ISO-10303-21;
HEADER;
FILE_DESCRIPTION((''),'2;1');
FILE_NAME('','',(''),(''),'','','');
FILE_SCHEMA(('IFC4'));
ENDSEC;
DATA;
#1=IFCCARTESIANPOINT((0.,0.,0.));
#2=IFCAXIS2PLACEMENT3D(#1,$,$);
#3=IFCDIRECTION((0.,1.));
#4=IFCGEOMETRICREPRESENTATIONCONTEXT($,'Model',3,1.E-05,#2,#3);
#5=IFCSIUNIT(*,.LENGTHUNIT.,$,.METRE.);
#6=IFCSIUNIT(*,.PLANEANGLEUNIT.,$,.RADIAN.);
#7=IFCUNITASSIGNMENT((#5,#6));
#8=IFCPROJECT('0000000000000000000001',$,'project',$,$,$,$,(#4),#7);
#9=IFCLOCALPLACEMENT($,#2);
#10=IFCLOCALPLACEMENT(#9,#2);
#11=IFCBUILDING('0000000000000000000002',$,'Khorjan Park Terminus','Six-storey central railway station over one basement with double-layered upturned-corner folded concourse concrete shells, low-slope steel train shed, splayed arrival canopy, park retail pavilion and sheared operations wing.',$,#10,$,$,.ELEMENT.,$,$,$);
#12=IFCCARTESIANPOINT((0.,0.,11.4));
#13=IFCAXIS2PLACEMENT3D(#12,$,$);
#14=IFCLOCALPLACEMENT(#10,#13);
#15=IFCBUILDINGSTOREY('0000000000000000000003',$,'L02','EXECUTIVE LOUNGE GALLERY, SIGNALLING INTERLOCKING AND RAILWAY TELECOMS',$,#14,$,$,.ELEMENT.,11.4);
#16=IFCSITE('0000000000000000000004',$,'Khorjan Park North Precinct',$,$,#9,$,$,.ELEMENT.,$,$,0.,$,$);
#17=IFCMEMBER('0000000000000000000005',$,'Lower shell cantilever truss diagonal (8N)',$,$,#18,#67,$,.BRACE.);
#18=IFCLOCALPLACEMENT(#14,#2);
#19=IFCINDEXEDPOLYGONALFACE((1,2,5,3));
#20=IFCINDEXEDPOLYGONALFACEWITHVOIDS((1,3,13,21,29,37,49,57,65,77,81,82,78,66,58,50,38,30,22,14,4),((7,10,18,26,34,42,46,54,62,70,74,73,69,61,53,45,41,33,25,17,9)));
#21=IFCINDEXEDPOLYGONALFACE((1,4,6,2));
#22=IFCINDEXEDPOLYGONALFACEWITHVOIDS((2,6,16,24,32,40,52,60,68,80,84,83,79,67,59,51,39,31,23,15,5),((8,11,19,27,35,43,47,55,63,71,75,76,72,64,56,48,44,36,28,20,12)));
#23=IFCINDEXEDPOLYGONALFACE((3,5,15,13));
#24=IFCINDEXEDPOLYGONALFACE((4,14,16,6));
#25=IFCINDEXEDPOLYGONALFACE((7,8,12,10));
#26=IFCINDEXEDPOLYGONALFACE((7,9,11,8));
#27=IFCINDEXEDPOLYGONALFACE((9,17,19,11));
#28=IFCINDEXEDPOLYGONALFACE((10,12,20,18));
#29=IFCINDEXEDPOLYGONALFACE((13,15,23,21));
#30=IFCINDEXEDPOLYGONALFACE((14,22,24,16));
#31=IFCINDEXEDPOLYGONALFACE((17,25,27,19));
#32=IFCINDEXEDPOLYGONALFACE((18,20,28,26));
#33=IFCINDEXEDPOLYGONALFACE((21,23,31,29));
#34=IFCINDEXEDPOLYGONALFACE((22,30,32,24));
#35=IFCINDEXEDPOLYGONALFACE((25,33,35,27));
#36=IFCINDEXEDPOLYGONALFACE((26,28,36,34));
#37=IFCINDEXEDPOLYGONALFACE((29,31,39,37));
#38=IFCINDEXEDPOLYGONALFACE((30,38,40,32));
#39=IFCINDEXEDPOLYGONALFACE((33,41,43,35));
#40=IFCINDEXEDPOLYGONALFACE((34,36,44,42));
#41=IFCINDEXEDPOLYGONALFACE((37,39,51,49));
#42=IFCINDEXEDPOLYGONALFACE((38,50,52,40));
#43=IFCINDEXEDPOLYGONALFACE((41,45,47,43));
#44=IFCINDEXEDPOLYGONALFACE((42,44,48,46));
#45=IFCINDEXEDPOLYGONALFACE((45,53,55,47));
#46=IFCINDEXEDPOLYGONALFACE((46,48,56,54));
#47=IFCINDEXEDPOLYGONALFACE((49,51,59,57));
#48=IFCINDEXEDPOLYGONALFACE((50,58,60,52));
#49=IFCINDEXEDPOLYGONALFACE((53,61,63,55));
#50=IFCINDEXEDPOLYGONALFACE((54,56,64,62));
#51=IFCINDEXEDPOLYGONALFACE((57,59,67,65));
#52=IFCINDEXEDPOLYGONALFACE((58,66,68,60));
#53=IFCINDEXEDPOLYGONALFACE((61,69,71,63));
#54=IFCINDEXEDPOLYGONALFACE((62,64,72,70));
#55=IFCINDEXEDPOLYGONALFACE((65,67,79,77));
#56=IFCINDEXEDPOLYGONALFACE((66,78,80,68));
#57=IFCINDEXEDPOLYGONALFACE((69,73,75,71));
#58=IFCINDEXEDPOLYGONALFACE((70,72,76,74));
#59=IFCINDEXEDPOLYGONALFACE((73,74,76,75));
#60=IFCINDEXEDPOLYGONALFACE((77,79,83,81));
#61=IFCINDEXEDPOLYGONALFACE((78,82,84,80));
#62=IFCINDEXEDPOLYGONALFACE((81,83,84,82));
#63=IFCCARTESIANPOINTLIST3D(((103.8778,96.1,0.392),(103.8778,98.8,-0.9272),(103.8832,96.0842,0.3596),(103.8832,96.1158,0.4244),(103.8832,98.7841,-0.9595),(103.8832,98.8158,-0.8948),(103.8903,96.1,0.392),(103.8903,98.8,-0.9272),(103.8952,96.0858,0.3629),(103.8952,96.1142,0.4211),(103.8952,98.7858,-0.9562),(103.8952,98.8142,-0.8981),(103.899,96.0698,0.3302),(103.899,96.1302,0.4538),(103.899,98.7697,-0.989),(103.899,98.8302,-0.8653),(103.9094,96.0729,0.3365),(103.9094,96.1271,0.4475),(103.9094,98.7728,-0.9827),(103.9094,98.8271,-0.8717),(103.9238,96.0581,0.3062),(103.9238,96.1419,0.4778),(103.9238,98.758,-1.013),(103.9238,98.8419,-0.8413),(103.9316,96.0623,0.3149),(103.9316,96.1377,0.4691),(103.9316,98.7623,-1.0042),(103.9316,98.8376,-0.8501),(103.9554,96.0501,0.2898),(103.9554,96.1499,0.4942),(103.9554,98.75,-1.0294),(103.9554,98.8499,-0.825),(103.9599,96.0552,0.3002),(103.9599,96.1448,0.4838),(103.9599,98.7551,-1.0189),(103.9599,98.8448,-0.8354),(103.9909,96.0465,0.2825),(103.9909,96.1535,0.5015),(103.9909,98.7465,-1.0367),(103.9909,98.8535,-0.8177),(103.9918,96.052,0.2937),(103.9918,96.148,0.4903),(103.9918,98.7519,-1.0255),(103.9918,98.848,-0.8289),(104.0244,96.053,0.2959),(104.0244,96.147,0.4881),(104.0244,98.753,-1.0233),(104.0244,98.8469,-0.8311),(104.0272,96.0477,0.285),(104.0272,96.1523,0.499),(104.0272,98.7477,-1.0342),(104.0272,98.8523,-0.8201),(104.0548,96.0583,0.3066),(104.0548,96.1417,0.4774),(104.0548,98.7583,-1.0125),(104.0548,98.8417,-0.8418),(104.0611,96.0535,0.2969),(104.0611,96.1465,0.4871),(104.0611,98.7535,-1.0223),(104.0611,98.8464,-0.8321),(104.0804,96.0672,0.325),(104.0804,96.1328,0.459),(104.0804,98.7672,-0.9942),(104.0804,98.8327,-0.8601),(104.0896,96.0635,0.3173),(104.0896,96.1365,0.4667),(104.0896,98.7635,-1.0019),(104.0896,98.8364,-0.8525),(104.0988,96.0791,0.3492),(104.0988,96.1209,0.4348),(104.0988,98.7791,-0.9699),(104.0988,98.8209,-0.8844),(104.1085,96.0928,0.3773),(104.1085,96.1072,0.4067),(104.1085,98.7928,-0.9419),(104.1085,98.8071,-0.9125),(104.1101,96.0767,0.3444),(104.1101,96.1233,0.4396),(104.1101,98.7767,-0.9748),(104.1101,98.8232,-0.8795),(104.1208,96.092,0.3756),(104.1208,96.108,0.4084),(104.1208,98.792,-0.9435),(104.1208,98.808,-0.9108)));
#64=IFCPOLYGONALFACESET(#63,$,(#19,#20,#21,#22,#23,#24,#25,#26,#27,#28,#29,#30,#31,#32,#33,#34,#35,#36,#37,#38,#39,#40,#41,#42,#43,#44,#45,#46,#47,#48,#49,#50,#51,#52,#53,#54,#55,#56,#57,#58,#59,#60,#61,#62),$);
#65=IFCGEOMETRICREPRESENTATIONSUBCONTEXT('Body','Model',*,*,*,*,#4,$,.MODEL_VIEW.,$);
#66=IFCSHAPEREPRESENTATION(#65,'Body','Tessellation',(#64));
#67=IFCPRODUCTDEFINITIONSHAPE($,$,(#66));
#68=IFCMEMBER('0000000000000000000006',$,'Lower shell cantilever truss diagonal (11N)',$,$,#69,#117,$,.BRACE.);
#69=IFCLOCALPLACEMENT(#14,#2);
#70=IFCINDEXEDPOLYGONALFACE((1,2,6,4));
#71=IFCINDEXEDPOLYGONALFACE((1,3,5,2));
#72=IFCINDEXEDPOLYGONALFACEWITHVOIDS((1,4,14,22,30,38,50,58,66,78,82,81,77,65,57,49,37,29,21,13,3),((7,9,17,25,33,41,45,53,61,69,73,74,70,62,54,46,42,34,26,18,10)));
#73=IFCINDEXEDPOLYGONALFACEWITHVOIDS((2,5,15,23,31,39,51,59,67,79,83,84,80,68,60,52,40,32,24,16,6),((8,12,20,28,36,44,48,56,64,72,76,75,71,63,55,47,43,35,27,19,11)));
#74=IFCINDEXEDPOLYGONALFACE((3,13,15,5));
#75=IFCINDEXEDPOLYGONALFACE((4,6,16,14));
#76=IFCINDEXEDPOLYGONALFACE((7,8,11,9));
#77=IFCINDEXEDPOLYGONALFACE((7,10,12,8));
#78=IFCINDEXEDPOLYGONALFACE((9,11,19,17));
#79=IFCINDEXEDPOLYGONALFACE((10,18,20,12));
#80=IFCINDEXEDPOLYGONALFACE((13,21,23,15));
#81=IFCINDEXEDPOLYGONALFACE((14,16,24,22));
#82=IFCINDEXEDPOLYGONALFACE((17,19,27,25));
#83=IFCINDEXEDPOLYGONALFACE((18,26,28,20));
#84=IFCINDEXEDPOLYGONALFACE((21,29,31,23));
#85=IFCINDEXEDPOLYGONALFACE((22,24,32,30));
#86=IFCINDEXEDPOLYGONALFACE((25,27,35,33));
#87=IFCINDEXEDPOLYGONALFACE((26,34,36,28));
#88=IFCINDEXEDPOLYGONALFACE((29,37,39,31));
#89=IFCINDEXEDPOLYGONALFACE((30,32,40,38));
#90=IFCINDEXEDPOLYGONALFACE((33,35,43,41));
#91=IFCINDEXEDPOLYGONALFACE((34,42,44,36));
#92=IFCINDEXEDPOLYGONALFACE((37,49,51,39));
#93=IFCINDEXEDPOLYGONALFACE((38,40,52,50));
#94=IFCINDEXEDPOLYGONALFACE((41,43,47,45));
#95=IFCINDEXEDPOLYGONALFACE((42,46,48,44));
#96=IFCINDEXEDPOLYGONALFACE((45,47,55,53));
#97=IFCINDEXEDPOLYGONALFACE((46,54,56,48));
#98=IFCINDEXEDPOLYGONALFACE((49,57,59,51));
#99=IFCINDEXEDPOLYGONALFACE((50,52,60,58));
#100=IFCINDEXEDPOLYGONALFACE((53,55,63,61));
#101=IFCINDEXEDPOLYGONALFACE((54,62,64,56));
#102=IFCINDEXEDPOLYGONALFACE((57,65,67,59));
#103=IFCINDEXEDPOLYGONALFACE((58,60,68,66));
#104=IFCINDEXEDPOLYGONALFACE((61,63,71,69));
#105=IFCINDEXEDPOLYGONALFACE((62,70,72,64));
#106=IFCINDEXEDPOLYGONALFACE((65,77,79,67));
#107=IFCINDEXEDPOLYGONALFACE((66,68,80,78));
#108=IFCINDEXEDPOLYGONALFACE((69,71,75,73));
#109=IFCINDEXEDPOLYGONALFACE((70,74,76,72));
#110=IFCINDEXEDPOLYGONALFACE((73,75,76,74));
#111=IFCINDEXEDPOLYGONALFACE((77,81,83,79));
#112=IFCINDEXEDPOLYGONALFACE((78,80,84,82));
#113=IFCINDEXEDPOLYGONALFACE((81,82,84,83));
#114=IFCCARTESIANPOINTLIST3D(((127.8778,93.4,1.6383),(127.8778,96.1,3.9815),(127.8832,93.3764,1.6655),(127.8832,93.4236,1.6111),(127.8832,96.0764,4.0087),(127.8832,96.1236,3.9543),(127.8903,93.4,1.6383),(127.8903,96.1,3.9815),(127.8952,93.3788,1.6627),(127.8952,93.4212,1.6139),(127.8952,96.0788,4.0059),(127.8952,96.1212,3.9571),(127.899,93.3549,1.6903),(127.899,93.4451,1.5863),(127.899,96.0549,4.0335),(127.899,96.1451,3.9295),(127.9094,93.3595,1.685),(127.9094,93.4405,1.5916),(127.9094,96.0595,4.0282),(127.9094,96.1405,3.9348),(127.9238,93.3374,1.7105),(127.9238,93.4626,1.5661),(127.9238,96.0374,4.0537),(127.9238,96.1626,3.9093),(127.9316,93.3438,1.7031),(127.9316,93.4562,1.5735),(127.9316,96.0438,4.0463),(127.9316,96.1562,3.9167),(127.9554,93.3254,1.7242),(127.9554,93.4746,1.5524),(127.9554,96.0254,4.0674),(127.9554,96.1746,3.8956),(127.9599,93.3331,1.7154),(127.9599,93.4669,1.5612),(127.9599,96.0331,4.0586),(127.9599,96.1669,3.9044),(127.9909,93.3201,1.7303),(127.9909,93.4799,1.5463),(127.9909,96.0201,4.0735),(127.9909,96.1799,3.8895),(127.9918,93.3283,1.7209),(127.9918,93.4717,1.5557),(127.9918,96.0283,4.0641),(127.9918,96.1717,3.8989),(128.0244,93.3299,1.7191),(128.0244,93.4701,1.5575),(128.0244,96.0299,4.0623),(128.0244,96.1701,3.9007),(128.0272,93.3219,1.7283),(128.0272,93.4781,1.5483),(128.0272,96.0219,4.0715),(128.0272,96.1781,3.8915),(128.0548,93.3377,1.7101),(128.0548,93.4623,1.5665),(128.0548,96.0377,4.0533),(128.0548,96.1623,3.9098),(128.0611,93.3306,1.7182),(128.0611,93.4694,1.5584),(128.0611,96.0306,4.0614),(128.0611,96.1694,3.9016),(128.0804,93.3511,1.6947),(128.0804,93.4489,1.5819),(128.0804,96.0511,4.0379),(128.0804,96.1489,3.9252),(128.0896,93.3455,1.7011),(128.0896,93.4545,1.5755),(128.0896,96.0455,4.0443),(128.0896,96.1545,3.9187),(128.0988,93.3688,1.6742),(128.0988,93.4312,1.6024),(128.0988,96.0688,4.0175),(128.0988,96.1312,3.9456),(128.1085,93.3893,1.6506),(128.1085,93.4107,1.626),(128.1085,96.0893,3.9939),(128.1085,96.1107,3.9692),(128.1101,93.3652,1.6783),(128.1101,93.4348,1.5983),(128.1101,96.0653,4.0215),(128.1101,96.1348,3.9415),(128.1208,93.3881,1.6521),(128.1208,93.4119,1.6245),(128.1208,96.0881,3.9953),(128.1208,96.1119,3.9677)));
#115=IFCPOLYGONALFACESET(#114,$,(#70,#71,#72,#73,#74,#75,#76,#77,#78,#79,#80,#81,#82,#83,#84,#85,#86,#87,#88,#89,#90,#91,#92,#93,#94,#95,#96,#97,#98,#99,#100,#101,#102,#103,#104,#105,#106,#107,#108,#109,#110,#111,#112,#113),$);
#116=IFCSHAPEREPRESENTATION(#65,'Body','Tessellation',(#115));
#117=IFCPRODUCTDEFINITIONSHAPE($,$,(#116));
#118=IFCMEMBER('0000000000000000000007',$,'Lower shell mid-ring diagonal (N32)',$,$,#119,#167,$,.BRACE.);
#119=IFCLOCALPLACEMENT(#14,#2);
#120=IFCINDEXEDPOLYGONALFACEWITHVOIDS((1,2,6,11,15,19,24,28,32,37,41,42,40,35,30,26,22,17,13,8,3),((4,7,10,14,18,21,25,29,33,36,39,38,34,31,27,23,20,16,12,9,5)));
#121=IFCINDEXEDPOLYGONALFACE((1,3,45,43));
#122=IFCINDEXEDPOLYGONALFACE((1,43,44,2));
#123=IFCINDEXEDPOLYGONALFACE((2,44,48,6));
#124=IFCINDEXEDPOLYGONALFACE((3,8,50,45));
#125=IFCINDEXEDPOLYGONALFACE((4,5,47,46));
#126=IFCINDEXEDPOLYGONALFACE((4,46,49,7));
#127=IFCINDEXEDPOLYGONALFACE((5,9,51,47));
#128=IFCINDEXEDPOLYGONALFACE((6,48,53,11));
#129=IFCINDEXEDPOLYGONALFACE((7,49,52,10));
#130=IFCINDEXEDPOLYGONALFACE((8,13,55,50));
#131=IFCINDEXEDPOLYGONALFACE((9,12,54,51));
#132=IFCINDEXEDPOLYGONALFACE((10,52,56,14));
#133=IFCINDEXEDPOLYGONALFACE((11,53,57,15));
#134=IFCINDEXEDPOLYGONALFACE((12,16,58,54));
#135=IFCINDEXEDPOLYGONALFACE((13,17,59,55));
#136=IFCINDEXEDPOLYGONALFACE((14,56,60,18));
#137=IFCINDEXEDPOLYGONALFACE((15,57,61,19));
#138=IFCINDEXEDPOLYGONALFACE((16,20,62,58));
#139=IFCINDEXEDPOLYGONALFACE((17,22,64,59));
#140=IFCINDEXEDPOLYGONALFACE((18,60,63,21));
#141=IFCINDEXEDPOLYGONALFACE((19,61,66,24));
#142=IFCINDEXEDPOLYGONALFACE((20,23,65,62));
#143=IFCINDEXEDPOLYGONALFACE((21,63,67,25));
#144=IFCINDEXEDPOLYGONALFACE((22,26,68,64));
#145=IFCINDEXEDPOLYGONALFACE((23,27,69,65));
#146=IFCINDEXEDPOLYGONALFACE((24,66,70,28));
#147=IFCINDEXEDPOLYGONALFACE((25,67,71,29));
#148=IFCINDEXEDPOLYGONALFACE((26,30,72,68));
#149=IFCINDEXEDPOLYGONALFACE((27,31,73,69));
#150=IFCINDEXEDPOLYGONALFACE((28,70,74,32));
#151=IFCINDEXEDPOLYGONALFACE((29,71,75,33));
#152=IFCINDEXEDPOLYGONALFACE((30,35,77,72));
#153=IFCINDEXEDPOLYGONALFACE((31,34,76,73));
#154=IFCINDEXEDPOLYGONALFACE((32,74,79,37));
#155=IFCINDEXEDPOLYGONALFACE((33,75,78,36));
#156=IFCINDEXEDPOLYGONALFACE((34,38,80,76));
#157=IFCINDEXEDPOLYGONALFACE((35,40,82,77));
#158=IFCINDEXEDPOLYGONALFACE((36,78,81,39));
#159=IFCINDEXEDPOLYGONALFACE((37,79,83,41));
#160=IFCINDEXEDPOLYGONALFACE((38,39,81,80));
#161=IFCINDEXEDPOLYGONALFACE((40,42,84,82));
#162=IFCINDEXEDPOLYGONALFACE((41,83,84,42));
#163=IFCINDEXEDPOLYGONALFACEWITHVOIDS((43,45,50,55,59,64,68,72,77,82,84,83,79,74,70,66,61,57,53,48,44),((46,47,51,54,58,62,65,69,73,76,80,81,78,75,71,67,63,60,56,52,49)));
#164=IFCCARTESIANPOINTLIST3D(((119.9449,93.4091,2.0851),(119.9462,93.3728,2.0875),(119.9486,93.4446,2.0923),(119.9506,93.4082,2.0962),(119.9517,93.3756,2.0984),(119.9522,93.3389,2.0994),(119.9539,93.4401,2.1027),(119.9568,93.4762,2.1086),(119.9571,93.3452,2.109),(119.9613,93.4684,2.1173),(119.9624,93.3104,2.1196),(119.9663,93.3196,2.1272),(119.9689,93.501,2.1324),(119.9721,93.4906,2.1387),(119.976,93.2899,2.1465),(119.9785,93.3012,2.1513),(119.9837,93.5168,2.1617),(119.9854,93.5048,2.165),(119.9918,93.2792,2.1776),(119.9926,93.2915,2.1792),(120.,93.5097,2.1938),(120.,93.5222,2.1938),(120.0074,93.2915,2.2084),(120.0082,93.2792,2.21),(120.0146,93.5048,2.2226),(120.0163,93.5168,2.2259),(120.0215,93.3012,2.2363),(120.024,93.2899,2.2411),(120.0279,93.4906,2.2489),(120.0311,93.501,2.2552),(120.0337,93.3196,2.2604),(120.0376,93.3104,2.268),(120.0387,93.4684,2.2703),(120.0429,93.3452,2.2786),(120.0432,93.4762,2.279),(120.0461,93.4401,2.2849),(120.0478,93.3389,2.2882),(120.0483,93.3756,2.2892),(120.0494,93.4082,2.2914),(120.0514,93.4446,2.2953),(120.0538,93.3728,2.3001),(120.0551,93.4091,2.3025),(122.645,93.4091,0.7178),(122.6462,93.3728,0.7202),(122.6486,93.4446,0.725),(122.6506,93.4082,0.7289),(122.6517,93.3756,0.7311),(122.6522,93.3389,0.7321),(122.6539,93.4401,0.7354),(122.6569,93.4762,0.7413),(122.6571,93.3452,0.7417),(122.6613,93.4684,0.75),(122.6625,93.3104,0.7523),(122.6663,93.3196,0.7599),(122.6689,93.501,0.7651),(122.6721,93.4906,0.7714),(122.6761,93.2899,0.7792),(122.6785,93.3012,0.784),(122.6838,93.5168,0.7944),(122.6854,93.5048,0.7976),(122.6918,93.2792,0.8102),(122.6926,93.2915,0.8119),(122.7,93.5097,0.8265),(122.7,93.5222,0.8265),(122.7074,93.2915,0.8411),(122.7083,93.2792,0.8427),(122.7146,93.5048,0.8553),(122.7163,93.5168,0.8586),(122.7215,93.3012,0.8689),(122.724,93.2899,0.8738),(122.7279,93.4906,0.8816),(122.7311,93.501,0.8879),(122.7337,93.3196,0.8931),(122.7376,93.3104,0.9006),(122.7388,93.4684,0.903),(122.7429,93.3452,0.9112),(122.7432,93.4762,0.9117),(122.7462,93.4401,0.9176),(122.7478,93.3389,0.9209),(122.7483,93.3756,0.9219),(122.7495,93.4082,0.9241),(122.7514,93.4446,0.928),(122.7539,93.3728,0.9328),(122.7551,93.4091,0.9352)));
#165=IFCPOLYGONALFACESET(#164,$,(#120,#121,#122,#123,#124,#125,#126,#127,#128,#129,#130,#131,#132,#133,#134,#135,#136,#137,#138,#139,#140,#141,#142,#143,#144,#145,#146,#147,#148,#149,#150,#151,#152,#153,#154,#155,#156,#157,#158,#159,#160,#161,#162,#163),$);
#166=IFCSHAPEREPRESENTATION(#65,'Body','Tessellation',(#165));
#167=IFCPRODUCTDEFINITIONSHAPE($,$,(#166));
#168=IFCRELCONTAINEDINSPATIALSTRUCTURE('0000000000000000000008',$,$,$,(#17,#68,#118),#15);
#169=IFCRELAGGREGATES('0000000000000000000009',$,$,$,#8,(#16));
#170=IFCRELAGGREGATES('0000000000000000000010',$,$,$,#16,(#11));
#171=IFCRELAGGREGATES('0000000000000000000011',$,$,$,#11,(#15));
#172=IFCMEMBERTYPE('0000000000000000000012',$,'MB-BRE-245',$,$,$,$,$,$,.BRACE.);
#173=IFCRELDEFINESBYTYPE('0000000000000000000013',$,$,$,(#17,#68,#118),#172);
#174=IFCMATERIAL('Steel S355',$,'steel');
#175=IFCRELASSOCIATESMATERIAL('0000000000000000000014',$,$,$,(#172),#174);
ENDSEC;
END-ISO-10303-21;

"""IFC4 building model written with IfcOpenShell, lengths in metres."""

from ifc_helpers import new_model, si_unit, direction, frame, origin, origin_2d, place, context, subcontext, project, spatial, hollow_circle, extrude, material, material_profile, profile_set, type_object, element, save


model = new_model("IFC4")

# Units and contexts
model_context = context("Model", 3, precision=1e-05, world=origin(), true_north=direction((0.0, 1.0)))
body_context = subcontext(model_context, "Body", "Model", "MODEL_VIEW")
ifc_project = project(units=[si_unit("LENGTHUNIT", "METRE"), si_unit("PLANEANGLEUNIT", "RADIAN")], contexts=[model_context])

# Site, building, storey
site_placement = place(None, origin())
site = spatial("IfcSite", under=ifc_project, at=site_placement, Name="Khorjan Park North Precinct", CompositionType="ELEMENT", RefElevation=0.0)
building_placement = place(site_placement, origin())
building = spatial("IfcBuilding", under=site, at=building_placement, Name="Khorjan Park Terminus", Description="Six-storey central railway station over one basement with double-layered upturned-corner folded concourse concrete shells, low-slope steel train shed, splayed arrival canopy, park retail pavilion and sheared operations wing.", CompositionType="ELEMENT")
storey_placement = place(building_placement, frame((0.0, 0.0, 11.4)))
storey = spatial("IfcBuildingStorey", under=building, at=storey_placement, Name="L02", Description="EXECUTIVE LOUNGE GALLERY, SIGNALLING INTERLOCKING AND RAILWAY TELECOMS", CompositionType="ELEMENT", Elevation=11.4)

# Members
ifc_material_1 = material(Name="Steel S355", Category="steel")
ifc_material_profile_1 = material_profile(ifc_material_1, hollow_circle(Radius=0.1222, WallThickness=0.0125, at=origin_2d()), Name="CHS 244.5x12.5")
ifc_profile_set_1 = profile_set([ifc_material_profile_1], Name="Steel S355")
member_type_1 = type_object("IfcMemberType", Name="MB-BRE-245", PredefinedType="BRACE", material=ifc_profile_set_1)
member_1_placement = place(storey_placement, frame((104.0, 96.1, 0.392), z_axis=(0.0, 0.898489, -0.438995), x_axis=(-1.0, 0.0, 0.0)))
element("IfcMember", 1, at=member_1_placement, inside=storey, type_object=member_type_1, Name="Lower shell cantilever truss diagonal (8N)", PredefinedType="BRACE", context=body_context, shape_type="SweptSolid", body=[
    extrude(hollow_circle(Radius=0.1222, WallThickness=0.0125, at=origin_2d()), origin(), (0.0, 0.0, 1.0), 3.005),
])
member_2_placement = place(storey_placement, frame((128.0, 93.4, 1.6383), z_axis=(0.0, 0.755246, 0.655442), x_axis=(-1.0, 0.0, 0.0)))
element("IfcMember", 2, at=member_2_placement, inside=storey, type_object=member_type_1, Name="Lower shell cantilever truss diagonal (11N)", PredefinedType="BRACE", context=body_context, shape_type="SweptSolid", body=[
    extrude(hollow_circle(Radius=0.1222, WallThickness=0.0125, at=origin_2d()), origin(), (0.0, 0.0, 1.0), 3.575),
])
member_3_placement = place(storey_placement, frame((120.0, 93.4, 2.1938), z_axis=(0.892129, 0.0, -0.451781), x_axis=(0.0, 1.0, 0.0)))
element("IfcMember", 3, at=member_3_placement, inside=storey, type_object=member_type_1, Name="Lower shell mid-ring diagonal (N32)", PredefinedType="BRACE", context=body_context, shape_type="SweptSolid", body=[
    extrude(hollow_circle(Radius=0.1222, WallThickness=0.0125, at=origin_2d()), origin(), (0.0, 0.0, 1.0), 3.0265),
])

save(model, "model.ifc")
